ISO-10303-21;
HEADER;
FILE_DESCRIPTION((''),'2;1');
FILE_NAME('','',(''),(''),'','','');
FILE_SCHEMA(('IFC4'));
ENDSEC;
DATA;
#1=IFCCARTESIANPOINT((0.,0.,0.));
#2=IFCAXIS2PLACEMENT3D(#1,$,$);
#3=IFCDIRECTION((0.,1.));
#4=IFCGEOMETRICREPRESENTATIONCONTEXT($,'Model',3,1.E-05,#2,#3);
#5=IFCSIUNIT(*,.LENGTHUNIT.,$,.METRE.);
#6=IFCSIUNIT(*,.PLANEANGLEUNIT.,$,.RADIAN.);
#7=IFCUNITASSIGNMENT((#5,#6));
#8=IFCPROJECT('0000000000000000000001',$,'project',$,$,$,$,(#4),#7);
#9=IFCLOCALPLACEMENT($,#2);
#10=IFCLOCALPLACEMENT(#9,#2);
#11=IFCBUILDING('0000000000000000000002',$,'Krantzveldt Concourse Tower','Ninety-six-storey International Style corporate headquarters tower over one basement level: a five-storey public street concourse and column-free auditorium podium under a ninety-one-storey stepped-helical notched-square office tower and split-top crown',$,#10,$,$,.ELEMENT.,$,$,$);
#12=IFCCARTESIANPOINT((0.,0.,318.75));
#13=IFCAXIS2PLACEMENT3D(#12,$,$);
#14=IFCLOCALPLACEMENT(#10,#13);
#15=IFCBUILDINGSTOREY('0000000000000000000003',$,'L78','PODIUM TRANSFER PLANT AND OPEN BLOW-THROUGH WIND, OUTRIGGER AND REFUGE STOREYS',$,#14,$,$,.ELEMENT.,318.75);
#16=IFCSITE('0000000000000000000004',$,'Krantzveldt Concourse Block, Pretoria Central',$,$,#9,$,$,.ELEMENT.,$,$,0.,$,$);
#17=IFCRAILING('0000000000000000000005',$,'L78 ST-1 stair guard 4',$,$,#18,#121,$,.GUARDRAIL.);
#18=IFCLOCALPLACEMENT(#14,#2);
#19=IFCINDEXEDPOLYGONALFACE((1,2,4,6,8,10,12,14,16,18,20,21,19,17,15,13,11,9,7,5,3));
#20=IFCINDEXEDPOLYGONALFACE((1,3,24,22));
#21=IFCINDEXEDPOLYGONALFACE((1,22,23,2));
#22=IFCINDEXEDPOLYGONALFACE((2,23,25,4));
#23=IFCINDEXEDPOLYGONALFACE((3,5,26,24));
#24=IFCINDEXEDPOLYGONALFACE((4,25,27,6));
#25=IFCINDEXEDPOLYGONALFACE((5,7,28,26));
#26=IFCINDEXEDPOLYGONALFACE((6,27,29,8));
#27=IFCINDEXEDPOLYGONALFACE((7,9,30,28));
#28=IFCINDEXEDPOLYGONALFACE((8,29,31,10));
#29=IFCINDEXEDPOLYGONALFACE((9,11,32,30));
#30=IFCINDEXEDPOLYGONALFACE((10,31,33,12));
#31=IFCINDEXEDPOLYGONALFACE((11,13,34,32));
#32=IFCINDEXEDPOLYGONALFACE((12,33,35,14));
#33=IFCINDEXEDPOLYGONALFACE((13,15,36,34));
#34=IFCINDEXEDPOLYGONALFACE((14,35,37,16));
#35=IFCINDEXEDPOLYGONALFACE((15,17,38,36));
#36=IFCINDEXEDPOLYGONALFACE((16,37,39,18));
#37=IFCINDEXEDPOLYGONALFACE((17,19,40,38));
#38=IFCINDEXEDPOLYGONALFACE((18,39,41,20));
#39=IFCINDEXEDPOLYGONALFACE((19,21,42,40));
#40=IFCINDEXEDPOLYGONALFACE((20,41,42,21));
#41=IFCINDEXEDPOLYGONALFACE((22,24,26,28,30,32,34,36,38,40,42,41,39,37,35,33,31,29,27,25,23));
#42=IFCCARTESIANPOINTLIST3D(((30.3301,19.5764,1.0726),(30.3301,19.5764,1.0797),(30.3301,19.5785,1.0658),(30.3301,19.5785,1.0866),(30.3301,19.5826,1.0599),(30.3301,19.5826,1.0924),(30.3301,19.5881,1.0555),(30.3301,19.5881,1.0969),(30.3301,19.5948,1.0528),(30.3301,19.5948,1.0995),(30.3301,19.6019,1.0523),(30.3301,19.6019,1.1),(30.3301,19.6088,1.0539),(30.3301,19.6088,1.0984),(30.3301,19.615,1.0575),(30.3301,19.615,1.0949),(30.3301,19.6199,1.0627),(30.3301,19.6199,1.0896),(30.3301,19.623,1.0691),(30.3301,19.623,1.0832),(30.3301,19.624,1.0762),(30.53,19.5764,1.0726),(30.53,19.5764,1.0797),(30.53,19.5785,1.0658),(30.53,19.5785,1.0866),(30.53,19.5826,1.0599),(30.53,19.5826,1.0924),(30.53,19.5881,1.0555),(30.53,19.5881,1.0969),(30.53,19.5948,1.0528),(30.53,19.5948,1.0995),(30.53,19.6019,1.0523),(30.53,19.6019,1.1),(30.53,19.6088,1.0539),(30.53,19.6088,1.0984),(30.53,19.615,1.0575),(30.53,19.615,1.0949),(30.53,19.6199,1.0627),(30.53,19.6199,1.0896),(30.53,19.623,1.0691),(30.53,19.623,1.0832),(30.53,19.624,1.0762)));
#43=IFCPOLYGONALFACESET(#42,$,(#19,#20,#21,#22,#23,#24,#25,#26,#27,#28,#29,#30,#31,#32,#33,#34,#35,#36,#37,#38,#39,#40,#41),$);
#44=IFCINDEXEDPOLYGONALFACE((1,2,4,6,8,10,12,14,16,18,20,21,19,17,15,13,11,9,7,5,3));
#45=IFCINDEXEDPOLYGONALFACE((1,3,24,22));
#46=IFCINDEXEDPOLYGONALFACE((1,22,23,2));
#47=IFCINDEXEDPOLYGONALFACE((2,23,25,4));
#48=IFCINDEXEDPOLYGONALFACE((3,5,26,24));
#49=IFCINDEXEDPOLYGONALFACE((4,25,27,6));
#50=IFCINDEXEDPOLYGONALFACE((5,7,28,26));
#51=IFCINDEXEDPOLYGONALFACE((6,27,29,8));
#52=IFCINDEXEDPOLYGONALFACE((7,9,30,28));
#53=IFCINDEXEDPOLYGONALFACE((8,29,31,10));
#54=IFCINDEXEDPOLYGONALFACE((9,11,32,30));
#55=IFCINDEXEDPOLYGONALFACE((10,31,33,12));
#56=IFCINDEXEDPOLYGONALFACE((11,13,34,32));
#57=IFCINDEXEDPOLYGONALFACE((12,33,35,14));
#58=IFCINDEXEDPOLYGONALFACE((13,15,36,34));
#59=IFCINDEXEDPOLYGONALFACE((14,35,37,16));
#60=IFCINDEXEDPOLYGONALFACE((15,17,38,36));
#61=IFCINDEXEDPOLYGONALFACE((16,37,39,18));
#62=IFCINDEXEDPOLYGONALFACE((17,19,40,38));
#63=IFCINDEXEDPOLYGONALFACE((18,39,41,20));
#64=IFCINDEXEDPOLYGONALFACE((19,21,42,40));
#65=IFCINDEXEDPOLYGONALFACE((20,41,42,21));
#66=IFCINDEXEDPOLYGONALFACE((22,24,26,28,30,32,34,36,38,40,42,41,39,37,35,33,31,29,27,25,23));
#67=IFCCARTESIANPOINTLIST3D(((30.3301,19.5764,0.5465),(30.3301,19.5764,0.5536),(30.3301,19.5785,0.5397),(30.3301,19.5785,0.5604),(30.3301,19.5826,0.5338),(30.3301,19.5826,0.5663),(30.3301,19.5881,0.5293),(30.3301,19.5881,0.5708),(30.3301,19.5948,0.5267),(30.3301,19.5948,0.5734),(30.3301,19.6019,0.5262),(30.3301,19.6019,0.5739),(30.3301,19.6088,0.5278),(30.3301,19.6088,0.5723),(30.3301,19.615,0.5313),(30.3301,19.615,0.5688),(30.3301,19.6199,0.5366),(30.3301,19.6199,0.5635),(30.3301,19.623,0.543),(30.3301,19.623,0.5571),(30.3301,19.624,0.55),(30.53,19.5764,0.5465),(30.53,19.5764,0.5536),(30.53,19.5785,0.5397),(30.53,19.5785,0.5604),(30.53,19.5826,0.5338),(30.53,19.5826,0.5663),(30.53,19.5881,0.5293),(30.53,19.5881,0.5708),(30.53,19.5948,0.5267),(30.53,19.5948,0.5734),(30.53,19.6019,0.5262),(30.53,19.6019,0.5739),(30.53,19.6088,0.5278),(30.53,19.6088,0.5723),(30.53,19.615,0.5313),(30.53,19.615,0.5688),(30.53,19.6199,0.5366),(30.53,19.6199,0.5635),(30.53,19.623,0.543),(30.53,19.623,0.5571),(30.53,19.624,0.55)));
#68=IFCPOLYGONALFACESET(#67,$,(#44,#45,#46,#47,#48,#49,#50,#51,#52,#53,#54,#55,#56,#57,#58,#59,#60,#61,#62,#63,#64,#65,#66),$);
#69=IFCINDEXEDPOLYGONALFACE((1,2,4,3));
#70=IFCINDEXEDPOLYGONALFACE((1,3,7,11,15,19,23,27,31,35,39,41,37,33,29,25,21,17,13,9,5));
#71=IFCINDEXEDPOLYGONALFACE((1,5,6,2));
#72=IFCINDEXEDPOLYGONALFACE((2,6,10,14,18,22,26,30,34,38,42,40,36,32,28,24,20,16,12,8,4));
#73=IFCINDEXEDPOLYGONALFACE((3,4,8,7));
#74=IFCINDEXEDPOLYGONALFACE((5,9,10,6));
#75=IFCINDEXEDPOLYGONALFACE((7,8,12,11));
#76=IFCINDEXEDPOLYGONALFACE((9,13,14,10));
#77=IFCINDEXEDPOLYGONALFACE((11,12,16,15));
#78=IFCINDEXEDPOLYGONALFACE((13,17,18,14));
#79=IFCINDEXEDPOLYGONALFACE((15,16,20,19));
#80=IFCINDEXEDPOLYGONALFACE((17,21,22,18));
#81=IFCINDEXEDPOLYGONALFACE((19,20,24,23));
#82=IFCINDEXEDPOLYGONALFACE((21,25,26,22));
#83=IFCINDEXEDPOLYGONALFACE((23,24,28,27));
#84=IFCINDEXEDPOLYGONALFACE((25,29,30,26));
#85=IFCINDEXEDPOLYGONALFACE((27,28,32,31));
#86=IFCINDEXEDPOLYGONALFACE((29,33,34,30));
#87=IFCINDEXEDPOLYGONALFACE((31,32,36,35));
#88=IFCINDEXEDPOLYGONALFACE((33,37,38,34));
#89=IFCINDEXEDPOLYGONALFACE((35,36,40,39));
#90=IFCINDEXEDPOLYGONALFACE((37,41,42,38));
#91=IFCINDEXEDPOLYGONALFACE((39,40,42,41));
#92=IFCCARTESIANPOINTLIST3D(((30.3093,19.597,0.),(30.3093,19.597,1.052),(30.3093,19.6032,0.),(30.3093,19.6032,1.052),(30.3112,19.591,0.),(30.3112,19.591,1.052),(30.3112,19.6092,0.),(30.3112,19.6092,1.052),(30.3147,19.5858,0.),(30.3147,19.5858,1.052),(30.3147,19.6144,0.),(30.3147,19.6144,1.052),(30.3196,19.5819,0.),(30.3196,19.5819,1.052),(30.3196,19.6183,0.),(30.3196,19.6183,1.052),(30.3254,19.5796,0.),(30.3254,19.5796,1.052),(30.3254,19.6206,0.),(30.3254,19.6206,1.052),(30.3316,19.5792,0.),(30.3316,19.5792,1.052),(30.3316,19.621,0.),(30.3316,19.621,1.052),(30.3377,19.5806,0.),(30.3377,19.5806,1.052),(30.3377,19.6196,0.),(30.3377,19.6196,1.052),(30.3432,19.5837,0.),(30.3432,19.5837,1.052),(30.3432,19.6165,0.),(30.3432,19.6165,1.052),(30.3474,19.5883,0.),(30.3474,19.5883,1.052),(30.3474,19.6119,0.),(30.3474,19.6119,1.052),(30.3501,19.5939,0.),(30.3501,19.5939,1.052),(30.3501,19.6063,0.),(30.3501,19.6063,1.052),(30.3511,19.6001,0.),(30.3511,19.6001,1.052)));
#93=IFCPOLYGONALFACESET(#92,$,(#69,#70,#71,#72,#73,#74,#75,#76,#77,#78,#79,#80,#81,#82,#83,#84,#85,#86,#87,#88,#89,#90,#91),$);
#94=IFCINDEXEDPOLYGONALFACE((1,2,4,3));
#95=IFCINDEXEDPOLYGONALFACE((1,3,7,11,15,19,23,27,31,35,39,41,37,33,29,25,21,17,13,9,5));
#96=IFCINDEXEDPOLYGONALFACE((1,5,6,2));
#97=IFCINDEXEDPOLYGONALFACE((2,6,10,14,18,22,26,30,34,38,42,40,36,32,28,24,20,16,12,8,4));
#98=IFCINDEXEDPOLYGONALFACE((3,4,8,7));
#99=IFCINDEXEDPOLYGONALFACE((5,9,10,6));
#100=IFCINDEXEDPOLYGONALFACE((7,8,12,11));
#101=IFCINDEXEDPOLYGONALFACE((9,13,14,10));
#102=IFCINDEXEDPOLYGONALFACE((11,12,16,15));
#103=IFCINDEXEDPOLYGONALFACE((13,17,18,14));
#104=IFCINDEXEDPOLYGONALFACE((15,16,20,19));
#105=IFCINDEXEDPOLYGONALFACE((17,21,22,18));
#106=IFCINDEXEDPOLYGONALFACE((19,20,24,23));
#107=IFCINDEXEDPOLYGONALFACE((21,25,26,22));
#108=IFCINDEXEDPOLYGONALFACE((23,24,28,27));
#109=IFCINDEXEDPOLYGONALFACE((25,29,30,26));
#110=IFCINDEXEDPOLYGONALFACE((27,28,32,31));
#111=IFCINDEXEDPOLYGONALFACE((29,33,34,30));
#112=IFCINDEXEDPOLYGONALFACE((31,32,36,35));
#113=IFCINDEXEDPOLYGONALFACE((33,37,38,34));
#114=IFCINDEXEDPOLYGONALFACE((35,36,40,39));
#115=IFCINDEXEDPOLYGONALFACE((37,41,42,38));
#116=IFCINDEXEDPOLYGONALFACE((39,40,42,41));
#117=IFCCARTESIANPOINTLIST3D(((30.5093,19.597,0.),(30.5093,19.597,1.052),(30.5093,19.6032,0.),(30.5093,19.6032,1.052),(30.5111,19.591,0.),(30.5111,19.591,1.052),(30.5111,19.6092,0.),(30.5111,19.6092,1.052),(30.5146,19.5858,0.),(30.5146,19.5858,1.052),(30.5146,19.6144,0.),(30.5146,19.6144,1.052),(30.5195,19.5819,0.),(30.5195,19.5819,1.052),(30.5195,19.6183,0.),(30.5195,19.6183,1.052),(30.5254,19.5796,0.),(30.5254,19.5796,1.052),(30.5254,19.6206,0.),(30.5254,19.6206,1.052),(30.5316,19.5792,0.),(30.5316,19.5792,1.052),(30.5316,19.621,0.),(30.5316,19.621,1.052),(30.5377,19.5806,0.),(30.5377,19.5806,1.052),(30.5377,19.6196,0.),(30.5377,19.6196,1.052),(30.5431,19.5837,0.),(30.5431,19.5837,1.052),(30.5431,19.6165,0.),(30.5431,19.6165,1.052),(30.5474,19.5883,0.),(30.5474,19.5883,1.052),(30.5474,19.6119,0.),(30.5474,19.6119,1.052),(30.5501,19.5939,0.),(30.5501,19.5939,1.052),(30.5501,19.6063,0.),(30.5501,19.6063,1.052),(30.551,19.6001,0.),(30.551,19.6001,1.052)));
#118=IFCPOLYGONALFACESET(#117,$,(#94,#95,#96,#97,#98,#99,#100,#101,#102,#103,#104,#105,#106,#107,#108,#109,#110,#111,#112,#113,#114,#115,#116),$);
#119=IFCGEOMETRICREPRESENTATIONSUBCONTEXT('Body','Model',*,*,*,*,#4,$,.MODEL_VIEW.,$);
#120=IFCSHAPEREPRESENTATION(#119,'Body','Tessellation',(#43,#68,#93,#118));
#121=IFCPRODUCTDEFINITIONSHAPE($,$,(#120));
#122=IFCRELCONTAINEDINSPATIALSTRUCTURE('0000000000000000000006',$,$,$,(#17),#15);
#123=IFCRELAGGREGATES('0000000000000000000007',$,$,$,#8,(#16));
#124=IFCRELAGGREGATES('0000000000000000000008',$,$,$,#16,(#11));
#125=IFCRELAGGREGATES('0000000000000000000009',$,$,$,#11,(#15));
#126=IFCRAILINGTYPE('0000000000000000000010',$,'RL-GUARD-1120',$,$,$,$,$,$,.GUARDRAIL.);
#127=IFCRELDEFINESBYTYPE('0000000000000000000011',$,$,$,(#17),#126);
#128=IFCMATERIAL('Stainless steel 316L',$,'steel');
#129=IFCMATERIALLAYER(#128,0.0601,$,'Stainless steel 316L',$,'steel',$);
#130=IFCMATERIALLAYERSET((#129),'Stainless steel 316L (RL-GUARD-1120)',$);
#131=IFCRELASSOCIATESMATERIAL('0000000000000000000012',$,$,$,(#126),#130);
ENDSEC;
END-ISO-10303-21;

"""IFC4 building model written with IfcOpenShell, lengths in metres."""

from ifc_helpers import new_model, si_unit, direction, frame, origin, origin_2d, place, context, subcontext, project, spatial, circle, extrude, material, layer, layer_set, type_object, element, save


model = new_model("IFC4")

# Units and contexts
model_context = context("Model", 3, precision=1e-05, world=origin(), true_north=direction((0.0, 1.0)))
body_context = subcontext(model_context, "Body", "Model", "MODEL_VIEW")
ifc_project = project(units=[si_unit("LENGTHUNIT", "METRE"), si_unit("PLANEANGLEUNIT", "RADIAN")], contexts=[model_context])

# Site, building, storey
site_placement = place(None, origin())
site = spatial("IfcSite", under=ifc_project, at=site_placement, Name="Krantzveldt Concourse Block, Pretoria Central", CompositionType="ELEMENT", RefElevation=0.0)
building_placement = place(site_placement, origin())
building = spatial("IfcBuilding", under=site, at=building_placement, Name="Krantzveldt Concourse Tower", Description="Ninety-six-storey International Style corporate headquarters tower over one basement level: a five-storey public street concourse and column-free auditorium podium under a ninety-one-storey stepped-helical notched-square office tower and split-top crown", CompositionType="ELEMENT")
storey_placement = place(building_placement, frame((0.0, 0.0, 318.75)))
storey = spatial("IfcBuildingStorey", under=building, at=storey_placement, Name="L78", Description="PODIUM TRANSFER PLANT AND OPEN BLOW-THROUGH WIND, OUTRIGGER AND REFUGE STOREYS", CompositionType="ELEMENT", Elevation=318.75)

# Railing
ifc_material_1 = material(Name="Stainless steel 316L", Category="steel")
ifc_layer_1 = layer(ifc_material_1, 0.0601, Name="Stainless steel 316L", Category="steel")
ifc_layer_set_1 = layer_set([ifc_layer_1], Name="Stainless steel 316L (RL-GUARD-1120)")
railing_type_1 = type_object("IfcRailingType", Name="RL-GUARD-1120", PredefinedType="GUARDRAIL", material=ifc_layer_set_1)
railing_1_placement = place(storey_placement, frame((30.3301, 19.6001, 0.0)))
element("IfcRailing", 1, at=railing_1_placement, inside=storey, type_object=railing_type_1, Name="L78 ST-1 stair guard 4", PredefinedType="GUARDRAIL", context=body_context, shape_type="SweptSolid", body=[
    extrude(circle(Radius=0.0239, at=origin_2d()), frame((0.0, 0.0, 1.0762), z_axis=(1.0, 0.0, 0.0), x_axis=(0.0, 1.0, 0.0)), (0.0, 0.0, 1.0), 0.2),
    extrude(circle(Radius=0.0239, at=origin_2d()), frame((0.0, 0.0, 0.55), z_axis=(1.0, 0.0, 0.0), x_axis=(0.0, 1.0, 0.0)), (0.0, 0.0, 1.0), 0.2),
    extrude(circle(Radius=0.021, at=origin_2d()), origin(), (0.0, 0.0, 1.0), 1.052),
    extrude(circle(Radius=0.021, at=origin_2d()), frame((0.2, 0.0, 0.0)), (0.0, 0.0, 1.0), 1.052),
])

save(model, "model.ifc")
